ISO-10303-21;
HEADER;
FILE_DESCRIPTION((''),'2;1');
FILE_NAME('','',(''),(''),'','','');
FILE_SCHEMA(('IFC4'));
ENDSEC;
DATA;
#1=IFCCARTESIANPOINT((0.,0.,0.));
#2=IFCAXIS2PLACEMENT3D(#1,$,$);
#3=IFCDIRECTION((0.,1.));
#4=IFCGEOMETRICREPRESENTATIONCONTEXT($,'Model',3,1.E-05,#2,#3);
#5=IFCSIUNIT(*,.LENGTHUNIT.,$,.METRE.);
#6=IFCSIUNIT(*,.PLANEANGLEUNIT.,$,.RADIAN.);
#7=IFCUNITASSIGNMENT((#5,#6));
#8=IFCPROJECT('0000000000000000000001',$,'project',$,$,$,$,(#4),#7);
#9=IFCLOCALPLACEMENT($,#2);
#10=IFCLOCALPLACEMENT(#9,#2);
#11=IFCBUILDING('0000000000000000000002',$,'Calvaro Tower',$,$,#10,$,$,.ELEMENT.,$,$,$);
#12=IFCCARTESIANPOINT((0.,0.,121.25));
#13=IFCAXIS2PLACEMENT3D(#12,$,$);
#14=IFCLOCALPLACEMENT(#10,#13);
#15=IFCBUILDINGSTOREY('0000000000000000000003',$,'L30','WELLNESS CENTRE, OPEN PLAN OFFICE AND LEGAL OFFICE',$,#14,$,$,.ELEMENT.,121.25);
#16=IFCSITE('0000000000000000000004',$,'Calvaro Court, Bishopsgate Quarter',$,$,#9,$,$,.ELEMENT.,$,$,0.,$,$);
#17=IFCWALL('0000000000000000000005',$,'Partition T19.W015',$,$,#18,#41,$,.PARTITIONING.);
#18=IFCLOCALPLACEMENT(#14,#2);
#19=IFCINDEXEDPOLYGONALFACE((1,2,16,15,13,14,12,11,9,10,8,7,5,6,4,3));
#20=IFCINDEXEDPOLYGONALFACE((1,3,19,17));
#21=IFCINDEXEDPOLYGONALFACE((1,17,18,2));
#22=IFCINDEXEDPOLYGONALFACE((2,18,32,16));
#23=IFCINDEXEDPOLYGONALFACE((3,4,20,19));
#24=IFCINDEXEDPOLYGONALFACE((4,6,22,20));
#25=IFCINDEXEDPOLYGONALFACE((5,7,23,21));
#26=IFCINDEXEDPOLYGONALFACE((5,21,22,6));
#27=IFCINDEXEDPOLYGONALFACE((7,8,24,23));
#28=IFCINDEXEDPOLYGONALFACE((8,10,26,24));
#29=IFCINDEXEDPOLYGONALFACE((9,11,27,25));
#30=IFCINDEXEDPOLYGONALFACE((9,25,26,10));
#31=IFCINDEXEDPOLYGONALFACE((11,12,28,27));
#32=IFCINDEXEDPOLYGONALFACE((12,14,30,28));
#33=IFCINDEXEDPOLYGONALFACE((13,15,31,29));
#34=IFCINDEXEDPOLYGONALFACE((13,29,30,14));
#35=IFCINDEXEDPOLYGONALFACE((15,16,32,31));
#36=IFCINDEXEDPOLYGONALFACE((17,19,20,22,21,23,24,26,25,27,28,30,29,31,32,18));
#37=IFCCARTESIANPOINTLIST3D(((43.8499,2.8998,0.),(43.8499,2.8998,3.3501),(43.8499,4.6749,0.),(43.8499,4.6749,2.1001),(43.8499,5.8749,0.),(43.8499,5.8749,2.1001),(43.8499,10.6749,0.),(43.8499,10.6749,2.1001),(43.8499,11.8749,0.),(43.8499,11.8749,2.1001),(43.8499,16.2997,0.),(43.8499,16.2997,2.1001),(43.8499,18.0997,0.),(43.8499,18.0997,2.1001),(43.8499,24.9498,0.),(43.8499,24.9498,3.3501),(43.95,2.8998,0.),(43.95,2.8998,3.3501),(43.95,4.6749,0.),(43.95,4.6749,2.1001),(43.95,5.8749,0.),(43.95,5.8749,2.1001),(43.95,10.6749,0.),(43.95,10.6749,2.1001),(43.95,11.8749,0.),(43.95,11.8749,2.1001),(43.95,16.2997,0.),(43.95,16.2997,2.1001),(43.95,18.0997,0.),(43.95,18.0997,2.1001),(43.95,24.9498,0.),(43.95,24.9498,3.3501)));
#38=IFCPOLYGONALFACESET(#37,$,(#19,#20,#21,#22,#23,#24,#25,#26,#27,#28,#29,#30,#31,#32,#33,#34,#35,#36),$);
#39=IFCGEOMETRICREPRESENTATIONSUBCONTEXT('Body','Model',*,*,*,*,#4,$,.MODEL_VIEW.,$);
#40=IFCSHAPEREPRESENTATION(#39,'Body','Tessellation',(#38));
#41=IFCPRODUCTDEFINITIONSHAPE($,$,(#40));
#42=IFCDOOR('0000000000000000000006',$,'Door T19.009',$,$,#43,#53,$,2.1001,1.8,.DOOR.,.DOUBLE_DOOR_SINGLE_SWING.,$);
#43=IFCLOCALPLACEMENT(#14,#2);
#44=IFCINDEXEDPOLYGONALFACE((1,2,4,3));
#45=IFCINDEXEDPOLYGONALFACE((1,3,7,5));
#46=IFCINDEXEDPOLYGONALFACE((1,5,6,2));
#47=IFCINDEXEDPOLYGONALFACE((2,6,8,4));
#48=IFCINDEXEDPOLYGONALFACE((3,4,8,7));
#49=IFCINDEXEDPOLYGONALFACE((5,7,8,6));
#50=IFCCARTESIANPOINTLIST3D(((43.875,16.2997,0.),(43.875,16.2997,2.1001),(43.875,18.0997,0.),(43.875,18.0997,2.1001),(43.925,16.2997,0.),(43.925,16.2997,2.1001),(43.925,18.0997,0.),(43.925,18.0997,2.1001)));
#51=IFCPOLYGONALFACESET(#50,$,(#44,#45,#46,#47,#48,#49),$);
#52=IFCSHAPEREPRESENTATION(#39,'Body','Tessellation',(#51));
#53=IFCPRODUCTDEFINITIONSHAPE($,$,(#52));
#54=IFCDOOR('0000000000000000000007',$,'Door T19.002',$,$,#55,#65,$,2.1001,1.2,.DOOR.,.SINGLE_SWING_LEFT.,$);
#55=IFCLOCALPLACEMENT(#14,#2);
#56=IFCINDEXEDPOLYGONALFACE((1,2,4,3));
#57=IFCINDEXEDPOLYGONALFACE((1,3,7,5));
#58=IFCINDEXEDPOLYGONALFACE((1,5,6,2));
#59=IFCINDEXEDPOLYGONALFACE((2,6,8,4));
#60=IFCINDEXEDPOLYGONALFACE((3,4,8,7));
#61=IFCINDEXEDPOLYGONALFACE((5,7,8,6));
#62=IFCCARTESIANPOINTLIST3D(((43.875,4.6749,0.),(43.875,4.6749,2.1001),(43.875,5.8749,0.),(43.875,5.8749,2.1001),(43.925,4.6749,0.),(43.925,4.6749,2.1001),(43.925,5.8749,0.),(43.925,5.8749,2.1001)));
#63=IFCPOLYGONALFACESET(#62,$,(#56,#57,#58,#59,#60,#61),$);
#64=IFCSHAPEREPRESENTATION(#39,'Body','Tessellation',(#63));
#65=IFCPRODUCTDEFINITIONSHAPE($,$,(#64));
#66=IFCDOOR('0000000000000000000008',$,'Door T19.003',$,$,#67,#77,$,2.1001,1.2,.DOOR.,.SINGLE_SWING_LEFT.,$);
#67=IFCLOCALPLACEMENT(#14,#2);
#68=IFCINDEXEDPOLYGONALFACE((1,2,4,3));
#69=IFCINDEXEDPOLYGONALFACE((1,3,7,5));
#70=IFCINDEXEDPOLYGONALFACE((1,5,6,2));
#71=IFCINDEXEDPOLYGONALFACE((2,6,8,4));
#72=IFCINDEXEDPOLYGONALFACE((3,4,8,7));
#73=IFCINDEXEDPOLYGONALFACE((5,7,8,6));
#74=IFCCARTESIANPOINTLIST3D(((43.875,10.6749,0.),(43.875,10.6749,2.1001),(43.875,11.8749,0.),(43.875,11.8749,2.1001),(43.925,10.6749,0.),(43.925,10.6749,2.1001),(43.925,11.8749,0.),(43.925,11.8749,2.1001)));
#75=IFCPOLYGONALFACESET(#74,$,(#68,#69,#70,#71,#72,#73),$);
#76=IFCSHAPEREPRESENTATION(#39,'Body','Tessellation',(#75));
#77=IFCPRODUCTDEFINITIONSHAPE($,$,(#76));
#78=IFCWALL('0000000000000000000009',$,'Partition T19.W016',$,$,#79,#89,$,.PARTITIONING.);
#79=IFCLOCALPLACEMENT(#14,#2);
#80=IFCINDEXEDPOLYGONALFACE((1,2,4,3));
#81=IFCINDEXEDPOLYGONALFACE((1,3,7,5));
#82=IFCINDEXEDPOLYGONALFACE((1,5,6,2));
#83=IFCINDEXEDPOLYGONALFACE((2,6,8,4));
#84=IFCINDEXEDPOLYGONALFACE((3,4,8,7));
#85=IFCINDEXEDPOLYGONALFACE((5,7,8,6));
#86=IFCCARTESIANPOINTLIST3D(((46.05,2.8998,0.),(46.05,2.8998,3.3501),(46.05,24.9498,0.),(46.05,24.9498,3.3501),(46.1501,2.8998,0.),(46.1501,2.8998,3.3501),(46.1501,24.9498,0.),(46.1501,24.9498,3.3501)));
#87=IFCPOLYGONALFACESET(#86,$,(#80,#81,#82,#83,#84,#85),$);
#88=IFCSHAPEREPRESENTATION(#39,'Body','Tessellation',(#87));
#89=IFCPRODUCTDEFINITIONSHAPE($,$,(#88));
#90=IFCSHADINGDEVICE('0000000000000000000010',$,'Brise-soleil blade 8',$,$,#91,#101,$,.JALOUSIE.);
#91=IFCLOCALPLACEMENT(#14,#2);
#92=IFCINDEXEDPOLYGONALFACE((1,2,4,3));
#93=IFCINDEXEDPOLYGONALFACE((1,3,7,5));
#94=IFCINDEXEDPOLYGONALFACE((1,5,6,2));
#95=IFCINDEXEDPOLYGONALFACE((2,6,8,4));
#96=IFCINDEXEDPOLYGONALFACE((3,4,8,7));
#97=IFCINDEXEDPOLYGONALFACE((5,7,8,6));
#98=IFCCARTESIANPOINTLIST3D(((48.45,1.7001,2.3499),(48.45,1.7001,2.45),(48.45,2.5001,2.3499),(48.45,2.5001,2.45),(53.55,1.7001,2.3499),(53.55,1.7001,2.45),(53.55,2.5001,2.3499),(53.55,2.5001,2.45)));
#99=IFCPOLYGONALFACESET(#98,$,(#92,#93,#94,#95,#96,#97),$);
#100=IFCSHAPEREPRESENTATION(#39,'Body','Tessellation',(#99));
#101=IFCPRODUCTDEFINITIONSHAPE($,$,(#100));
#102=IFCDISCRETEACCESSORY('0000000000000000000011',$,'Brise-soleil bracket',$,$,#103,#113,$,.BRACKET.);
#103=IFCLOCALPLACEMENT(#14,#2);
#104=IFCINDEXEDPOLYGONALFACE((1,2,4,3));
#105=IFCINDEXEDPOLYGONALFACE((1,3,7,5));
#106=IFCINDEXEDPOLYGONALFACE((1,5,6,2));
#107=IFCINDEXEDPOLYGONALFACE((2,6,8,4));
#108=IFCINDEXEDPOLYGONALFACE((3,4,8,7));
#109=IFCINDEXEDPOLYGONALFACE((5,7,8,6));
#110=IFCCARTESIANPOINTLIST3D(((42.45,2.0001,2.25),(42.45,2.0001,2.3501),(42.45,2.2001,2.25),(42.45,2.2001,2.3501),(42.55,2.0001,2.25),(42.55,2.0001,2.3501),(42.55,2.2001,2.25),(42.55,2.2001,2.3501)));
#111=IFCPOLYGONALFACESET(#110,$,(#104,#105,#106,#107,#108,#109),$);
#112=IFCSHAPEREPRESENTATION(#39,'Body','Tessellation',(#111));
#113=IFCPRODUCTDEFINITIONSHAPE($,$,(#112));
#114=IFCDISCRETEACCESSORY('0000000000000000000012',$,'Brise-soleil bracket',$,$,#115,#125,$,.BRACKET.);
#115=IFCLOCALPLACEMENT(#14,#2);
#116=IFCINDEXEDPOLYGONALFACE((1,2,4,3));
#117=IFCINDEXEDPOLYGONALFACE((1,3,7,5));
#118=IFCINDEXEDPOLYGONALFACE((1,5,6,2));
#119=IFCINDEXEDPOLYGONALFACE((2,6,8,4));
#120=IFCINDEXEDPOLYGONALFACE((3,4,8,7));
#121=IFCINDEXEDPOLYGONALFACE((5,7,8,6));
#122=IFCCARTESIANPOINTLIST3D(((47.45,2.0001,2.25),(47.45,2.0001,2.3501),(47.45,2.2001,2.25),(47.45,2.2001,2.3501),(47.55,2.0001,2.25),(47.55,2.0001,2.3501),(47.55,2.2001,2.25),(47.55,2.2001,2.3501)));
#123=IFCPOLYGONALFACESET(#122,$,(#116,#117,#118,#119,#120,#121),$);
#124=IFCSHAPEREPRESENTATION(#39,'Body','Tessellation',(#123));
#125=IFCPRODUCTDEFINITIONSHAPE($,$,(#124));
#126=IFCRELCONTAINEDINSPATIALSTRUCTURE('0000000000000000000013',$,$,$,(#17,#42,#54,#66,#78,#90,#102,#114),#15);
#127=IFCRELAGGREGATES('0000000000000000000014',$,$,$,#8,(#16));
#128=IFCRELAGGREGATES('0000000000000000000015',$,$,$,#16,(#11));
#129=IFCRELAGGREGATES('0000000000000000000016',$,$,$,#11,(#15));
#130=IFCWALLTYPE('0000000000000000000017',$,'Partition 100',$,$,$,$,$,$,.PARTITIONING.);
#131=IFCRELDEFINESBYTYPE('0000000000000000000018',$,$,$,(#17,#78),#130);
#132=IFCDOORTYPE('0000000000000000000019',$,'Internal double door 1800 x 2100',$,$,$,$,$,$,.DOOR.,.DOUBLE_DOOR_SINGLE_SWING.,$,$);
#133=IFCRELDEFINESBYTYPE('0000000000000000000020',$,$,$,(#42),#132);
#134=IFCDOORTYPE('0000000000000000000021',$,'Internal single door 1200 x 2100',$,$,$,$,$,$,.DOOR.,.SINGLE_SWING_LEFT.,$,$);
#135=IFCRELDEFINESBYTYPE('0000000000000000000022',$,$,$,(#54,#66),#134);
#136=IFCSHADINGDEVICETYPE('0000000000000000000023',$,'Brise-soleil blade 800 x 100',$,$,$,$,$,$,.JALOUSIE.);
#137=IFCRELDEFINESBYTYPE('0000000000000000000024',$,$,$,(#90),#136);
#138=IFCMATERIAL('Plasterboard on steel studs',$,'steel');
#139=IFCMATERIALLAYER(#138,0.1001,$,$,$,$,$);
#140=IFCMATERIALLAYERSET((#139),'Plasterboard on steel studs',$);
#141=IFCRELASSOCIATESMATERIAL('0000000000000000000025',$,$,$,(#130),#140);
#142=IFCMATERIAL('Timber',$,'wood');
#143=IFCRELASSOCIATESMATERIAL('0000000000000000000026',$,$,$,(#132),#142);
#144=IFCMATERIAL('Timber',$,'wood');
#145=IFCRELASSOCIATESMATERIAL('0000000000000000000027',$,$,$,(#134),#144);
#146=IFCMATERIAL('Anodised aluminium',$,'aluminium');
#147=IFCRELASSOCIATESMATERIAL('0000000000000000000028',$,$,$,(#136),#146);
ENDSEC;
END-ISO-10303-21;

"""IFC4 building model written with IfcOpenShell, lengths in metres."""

from ifc_helpers import new_model, si_unit, direction, frame, frame_2d, origin, origin_2d, place, context, subcontext, project, spatial, rectangle, extrude, material, layer, layer_set, material_profile, profile_set, type_object, element, fill, save


model = new_model("IFC4")

# Units and contexts
model_context = context("Model", 3, precision=1e-05, world=origin(), true_north=direction((0.0, 1.0)))
body_context = subcontext(model_context, "Body", "Model", "MODEL_VIEW")
ifc_project = project(units=[si_unit("LENGTHUNIT", "METRE"), si_unit("PLANEANGLEUNIT", "RADIAN")], contexts=[model_context])

# Site, building, storey
site_placement = place(None, origin())
site = spatial("IfcSite", under=ifc_project, at=site_placement, Name="Calvaro Court, Bishopsgate Quarter", CompositionType="ELEMENT", RefElevation=0.0)
building_placement = place(site_placement, origin())
building = spatial("IfcBuilding", under=site, at=building_placement, Name="Calvaro Tower", CompositionType="ELEMENT")
storey_placement = place(building_placement, frame((0.0, 0.0, 121.25)))
storey = spatial("IfcBuildingStorey", under=building, at=storey_placement, Name="L30", Description="WELLNESS CENTRE, OPEN PLAN OFFICE AND LEGAL OFFICE", CompositionType="ELEMENT", Elevation=121.25)

# Wall, openings, doors
ifc_material_1 = material(Name="Plasterboard on steel studs", Category="steel")
ifc_layer_1 = layer(ifc_material_1, 0.1001)
ifc_layer_set_1 = layer_set([ifc_layer_1], Name="Plasterboard on steel studs")
wall_type = type_object("IfcWallType", Name="Partition 100", PredefinedType="PARTITIONING", material=ifc_layer_set_1)
wall_1_placement = place(storey_placement, frame((43.8999, 2.8999, 0.0), z_axis=(0.0, 0.0, 1.0), x_axis=(0.0, 1.0, 0.0)))
wall_1 = element("IfcWall", 1, at=wall_1_placement, inside=storey, type_object=wall_type, Name="Partition T19.W015", PredefinedType="PARTITIONING", context=body_context, shape_type="SweptSolid", body=[
    extrude(rectangle(XDim=22.05, YDim=0.1001, at=frame_2d((11.0249, 0.0))), origin(), (0.0, 0.0, 1.0), 3.3501),
])
opening_1_placement = place(wall_1_placement, frame((1.7749, 0.0, 0.0)))
opening_1 = element("IfcOpeningElement", 2, at=opening_1_placement, cuts=wall_1, PredefinedType="OPENING", context=body_context, shape_type="SweptSolid", body=[
    extrude(rectangle(XDim=1.2, YDim=2.1001, at=frame_2d((0.6001, 1.05))), frame((0.0, 0.0601, 0.0), z_axis=(0.0, -1.0, 0.0), x_axis=(1.0, 0.0, 0.0)), (0.0, 0.0, 1.0), 0.1201),
])
opening_2_placement = place(wall_1_placement, frame((7.7749, 0.0, 0.0)))
opening_2 = element("IfcOpeningElement", 3, at=opening_2_placement, cuts=wall_1, PredefinedType="OPENING", context=body_context, shape_type="SweptSolid", body=[
    extrude(rectangle(XDim=1.2, YDim=2.1001, at=frame_2d((0.6001, 1.05))), frame((0.0, 0.0601, 0.0), z_axis=(0.0, -1.0, 0.0), x_axis=(1.0, 0.0, 0.0)), (0.0, 0.0, 1.0), 0.1201),
])
opening_3_placement = place(wall_1_placement, frame((13.3999, 0.0, 0.0)))
opening_3 = element("IfcOpeningElement", 4, at=opening_3_placement, cuts=wall_1, PredefinedType="OPENING", context=body_context, shape_type="SweptSolid", body=[
    extrude(rectangle(XDim=1.8, YDim=2.1001, at=frame_2d((0.8999, 1.05))), frame((0.0, 0.0601, 0.0), z_axis=(0.0, -1.0, 0.0), x_axis=(1.0, 0.0, 0.0)), (0.0, 0.0, 1.0), 0.1201),
])
ifc_material_2 = material(Name="Timber", Category="wood")
door_type_1 = type_object("IfcDoorType", Name="Internal double door 1800 x 2100", OperationType="DOUBLE_DOOR_SINGLE_SWING", PredefinedType="DOOR", material=ifc_material_2)
door_1_placement = place(opening_3_placement, origin())
door_1 = element("IfcDoor", 5, at=door_1_placement, inside=storey, type_object=door_type_1, Name="Door T19.009", OperationType="DOUBLE_DOOR_SINGLE_SWING", OverallHeight=2.1001, OverallWidth=1.8, PredefinedType="DOOR", context=body_context, shape_type="SweptSolid", body=[
    extrude(rectangle(XDim=1.8, YDim=2.1001, at=frame_2d((0.8999, 1.05))), frame((0.0, 0.0249, 0.0), z_axis=(0.0, -1.0, 0.0), x_axis=(1.0, 0.0, 0.0)), (0.0, 0.0, 1.0), 0.05),
])
fill(opening_3, door_1)
ifc_material_3 = material(Name="Timber", Category="wood")
door_type_2 = type_object("IfcDoorType", Name="Internal single door 1200 x 2100", OperationType="SINGLE_SWING_LEFT", PredefinedType="DOOR", material=ifc_material_3)
door_2_placement = place(opening_1_placement, origin())
door_2 = element("IfcDoor", 6, at=door_2_placement, inside=storey, type_object=door_type_2, Name="Door T19.002", OperationType="SINGLE_SWING_LEFT", OverallHeight=2.1001, OverallWidth=1.2, PredefinedType="DOOR", context=body_context, shape_type="SweptSolid", body=[
    extrude(rectangle(XDim=1.2, YDim=2.1001, at=frame_2d((0.6001, 1.05))), frame((0.0, 0.0249, 0.0), z_axis=(0.0, -1.0, 0.0), x_axis=(1.0, 0.0, 0.0)), (0.0, 0.0, 1.0), 0.05),
])
fill(opening_1, door_2)
door_3_placement = place(opening_2_placement, origin())
door_3 = element("IfcDoor", 7, at=door_3_placement, inside=storey, type_object=door_type_2, Name="Door T19.003", OperationType="SINGLE_SWING_LEFT", OverallHeight=2.1001, OverallWidth=1.2, PredefinedType="DOOR", context=body_context, shape_type="SweptSolid", body=[
    extrude(rectangle(XDim=1.2, YDim=2.1001, at=frame_2d((0.6001, 1.05))), frame((0.0, 0.0249, 0.0), z_axis=(0.0, -1.0, 0.0), x_axis=(1.0, 0.0, 0.0)), (0.0, 0.0, 1.0), 0.05),
])
fill(opening_2, door_3)

# Wall
wall_2_placement = place(storey_placement, frame((46.1001, 2.8999, 0.0), z_axis=(0.0, 0.0, 1.0), x_axis=(0.0, 1.0, 0.0)))
element("IfcWall", 8, at=wall_2_placement, inside=storey, type_object=wall_type, Name="Partition T19.W016", PredefinedType="PARTITIONING", context=body_context, shape_type="SweptSolid", body=[
    extrude(rectangle(XDim=22.05, YDim=0.1001, at=frame_2d((11.0249, 0.0))), origin(), (0.0, 0.0, 1.0), 3.3501),
])

# Shading device
ifc_material_4 = material(Name="Anodised aluminium", Category="aluminium")
ifc_material_profile_1 = material_profile(ifc_material_4, rectangle(XDim=0.8, YDim=0.1001, at=origin_2d()), Name="Brise-soleil blade 800 x 100")
ifc_profile_set_1 = profile_set([ifc_material_profile_1], Name="Anodised aluminium")
shading_device_type = type_object("IfcShadingDeviceType", Name="Brise-soleil blade 800 x 100", PredefinedType="JALOUSIE", material=ifc_profile_set_1)
shading_device_placement = place(storey_placement, frame((48.45, 2.1001, 2.3999), z_axis=(1.0, 0.0, 0.0), x_axis=(0.0, 1.0, 0.0)))
element("IfcShadingDevice", 9, at=shading_device_placement, inside=storey, type_object=shading_device_type, Name="Brise-soleil blade 8", PredefinedType="JALOUSIE", context=body_context, shape_type="SweptSolid", body=[
    extrude(rectangle(XDim=0.8, YDim=0.1001, at=origin_2d()), origin(), (0.0, 0.0, 1.0), 5.1001),
])

# Discrete accessories
for number, where, z_axis, x_axis, name in (
    (10, (42.5, 2.1001, 2.25), (0.0, 0.0, 1.0), (1.0, 0.0, 0.0), "Brise-soleil bracket"),
    (11, (47.5, 2.1001, 2.25), (0.0, 0.0, 1.0), (1.0, 0.0, 0.0), "Brise-soleil bracket"),
):
    element("IfcDiscreteAccessory", number, at=place(storey_placement, frame(where, z_axis=z_axis, x_axis=x_axis)), inside=storey, Name=name, PredefinedType="BRACKET", context=body_context, shape_type="SweptSolid", body=[
        extrude(rectangle(XDim=0.1001, YDim=0.2, at=origin_2d()), origin(), (0.0, 0.0, 1.0), 0.1001),
    ])

save(model, "model.ifc")
